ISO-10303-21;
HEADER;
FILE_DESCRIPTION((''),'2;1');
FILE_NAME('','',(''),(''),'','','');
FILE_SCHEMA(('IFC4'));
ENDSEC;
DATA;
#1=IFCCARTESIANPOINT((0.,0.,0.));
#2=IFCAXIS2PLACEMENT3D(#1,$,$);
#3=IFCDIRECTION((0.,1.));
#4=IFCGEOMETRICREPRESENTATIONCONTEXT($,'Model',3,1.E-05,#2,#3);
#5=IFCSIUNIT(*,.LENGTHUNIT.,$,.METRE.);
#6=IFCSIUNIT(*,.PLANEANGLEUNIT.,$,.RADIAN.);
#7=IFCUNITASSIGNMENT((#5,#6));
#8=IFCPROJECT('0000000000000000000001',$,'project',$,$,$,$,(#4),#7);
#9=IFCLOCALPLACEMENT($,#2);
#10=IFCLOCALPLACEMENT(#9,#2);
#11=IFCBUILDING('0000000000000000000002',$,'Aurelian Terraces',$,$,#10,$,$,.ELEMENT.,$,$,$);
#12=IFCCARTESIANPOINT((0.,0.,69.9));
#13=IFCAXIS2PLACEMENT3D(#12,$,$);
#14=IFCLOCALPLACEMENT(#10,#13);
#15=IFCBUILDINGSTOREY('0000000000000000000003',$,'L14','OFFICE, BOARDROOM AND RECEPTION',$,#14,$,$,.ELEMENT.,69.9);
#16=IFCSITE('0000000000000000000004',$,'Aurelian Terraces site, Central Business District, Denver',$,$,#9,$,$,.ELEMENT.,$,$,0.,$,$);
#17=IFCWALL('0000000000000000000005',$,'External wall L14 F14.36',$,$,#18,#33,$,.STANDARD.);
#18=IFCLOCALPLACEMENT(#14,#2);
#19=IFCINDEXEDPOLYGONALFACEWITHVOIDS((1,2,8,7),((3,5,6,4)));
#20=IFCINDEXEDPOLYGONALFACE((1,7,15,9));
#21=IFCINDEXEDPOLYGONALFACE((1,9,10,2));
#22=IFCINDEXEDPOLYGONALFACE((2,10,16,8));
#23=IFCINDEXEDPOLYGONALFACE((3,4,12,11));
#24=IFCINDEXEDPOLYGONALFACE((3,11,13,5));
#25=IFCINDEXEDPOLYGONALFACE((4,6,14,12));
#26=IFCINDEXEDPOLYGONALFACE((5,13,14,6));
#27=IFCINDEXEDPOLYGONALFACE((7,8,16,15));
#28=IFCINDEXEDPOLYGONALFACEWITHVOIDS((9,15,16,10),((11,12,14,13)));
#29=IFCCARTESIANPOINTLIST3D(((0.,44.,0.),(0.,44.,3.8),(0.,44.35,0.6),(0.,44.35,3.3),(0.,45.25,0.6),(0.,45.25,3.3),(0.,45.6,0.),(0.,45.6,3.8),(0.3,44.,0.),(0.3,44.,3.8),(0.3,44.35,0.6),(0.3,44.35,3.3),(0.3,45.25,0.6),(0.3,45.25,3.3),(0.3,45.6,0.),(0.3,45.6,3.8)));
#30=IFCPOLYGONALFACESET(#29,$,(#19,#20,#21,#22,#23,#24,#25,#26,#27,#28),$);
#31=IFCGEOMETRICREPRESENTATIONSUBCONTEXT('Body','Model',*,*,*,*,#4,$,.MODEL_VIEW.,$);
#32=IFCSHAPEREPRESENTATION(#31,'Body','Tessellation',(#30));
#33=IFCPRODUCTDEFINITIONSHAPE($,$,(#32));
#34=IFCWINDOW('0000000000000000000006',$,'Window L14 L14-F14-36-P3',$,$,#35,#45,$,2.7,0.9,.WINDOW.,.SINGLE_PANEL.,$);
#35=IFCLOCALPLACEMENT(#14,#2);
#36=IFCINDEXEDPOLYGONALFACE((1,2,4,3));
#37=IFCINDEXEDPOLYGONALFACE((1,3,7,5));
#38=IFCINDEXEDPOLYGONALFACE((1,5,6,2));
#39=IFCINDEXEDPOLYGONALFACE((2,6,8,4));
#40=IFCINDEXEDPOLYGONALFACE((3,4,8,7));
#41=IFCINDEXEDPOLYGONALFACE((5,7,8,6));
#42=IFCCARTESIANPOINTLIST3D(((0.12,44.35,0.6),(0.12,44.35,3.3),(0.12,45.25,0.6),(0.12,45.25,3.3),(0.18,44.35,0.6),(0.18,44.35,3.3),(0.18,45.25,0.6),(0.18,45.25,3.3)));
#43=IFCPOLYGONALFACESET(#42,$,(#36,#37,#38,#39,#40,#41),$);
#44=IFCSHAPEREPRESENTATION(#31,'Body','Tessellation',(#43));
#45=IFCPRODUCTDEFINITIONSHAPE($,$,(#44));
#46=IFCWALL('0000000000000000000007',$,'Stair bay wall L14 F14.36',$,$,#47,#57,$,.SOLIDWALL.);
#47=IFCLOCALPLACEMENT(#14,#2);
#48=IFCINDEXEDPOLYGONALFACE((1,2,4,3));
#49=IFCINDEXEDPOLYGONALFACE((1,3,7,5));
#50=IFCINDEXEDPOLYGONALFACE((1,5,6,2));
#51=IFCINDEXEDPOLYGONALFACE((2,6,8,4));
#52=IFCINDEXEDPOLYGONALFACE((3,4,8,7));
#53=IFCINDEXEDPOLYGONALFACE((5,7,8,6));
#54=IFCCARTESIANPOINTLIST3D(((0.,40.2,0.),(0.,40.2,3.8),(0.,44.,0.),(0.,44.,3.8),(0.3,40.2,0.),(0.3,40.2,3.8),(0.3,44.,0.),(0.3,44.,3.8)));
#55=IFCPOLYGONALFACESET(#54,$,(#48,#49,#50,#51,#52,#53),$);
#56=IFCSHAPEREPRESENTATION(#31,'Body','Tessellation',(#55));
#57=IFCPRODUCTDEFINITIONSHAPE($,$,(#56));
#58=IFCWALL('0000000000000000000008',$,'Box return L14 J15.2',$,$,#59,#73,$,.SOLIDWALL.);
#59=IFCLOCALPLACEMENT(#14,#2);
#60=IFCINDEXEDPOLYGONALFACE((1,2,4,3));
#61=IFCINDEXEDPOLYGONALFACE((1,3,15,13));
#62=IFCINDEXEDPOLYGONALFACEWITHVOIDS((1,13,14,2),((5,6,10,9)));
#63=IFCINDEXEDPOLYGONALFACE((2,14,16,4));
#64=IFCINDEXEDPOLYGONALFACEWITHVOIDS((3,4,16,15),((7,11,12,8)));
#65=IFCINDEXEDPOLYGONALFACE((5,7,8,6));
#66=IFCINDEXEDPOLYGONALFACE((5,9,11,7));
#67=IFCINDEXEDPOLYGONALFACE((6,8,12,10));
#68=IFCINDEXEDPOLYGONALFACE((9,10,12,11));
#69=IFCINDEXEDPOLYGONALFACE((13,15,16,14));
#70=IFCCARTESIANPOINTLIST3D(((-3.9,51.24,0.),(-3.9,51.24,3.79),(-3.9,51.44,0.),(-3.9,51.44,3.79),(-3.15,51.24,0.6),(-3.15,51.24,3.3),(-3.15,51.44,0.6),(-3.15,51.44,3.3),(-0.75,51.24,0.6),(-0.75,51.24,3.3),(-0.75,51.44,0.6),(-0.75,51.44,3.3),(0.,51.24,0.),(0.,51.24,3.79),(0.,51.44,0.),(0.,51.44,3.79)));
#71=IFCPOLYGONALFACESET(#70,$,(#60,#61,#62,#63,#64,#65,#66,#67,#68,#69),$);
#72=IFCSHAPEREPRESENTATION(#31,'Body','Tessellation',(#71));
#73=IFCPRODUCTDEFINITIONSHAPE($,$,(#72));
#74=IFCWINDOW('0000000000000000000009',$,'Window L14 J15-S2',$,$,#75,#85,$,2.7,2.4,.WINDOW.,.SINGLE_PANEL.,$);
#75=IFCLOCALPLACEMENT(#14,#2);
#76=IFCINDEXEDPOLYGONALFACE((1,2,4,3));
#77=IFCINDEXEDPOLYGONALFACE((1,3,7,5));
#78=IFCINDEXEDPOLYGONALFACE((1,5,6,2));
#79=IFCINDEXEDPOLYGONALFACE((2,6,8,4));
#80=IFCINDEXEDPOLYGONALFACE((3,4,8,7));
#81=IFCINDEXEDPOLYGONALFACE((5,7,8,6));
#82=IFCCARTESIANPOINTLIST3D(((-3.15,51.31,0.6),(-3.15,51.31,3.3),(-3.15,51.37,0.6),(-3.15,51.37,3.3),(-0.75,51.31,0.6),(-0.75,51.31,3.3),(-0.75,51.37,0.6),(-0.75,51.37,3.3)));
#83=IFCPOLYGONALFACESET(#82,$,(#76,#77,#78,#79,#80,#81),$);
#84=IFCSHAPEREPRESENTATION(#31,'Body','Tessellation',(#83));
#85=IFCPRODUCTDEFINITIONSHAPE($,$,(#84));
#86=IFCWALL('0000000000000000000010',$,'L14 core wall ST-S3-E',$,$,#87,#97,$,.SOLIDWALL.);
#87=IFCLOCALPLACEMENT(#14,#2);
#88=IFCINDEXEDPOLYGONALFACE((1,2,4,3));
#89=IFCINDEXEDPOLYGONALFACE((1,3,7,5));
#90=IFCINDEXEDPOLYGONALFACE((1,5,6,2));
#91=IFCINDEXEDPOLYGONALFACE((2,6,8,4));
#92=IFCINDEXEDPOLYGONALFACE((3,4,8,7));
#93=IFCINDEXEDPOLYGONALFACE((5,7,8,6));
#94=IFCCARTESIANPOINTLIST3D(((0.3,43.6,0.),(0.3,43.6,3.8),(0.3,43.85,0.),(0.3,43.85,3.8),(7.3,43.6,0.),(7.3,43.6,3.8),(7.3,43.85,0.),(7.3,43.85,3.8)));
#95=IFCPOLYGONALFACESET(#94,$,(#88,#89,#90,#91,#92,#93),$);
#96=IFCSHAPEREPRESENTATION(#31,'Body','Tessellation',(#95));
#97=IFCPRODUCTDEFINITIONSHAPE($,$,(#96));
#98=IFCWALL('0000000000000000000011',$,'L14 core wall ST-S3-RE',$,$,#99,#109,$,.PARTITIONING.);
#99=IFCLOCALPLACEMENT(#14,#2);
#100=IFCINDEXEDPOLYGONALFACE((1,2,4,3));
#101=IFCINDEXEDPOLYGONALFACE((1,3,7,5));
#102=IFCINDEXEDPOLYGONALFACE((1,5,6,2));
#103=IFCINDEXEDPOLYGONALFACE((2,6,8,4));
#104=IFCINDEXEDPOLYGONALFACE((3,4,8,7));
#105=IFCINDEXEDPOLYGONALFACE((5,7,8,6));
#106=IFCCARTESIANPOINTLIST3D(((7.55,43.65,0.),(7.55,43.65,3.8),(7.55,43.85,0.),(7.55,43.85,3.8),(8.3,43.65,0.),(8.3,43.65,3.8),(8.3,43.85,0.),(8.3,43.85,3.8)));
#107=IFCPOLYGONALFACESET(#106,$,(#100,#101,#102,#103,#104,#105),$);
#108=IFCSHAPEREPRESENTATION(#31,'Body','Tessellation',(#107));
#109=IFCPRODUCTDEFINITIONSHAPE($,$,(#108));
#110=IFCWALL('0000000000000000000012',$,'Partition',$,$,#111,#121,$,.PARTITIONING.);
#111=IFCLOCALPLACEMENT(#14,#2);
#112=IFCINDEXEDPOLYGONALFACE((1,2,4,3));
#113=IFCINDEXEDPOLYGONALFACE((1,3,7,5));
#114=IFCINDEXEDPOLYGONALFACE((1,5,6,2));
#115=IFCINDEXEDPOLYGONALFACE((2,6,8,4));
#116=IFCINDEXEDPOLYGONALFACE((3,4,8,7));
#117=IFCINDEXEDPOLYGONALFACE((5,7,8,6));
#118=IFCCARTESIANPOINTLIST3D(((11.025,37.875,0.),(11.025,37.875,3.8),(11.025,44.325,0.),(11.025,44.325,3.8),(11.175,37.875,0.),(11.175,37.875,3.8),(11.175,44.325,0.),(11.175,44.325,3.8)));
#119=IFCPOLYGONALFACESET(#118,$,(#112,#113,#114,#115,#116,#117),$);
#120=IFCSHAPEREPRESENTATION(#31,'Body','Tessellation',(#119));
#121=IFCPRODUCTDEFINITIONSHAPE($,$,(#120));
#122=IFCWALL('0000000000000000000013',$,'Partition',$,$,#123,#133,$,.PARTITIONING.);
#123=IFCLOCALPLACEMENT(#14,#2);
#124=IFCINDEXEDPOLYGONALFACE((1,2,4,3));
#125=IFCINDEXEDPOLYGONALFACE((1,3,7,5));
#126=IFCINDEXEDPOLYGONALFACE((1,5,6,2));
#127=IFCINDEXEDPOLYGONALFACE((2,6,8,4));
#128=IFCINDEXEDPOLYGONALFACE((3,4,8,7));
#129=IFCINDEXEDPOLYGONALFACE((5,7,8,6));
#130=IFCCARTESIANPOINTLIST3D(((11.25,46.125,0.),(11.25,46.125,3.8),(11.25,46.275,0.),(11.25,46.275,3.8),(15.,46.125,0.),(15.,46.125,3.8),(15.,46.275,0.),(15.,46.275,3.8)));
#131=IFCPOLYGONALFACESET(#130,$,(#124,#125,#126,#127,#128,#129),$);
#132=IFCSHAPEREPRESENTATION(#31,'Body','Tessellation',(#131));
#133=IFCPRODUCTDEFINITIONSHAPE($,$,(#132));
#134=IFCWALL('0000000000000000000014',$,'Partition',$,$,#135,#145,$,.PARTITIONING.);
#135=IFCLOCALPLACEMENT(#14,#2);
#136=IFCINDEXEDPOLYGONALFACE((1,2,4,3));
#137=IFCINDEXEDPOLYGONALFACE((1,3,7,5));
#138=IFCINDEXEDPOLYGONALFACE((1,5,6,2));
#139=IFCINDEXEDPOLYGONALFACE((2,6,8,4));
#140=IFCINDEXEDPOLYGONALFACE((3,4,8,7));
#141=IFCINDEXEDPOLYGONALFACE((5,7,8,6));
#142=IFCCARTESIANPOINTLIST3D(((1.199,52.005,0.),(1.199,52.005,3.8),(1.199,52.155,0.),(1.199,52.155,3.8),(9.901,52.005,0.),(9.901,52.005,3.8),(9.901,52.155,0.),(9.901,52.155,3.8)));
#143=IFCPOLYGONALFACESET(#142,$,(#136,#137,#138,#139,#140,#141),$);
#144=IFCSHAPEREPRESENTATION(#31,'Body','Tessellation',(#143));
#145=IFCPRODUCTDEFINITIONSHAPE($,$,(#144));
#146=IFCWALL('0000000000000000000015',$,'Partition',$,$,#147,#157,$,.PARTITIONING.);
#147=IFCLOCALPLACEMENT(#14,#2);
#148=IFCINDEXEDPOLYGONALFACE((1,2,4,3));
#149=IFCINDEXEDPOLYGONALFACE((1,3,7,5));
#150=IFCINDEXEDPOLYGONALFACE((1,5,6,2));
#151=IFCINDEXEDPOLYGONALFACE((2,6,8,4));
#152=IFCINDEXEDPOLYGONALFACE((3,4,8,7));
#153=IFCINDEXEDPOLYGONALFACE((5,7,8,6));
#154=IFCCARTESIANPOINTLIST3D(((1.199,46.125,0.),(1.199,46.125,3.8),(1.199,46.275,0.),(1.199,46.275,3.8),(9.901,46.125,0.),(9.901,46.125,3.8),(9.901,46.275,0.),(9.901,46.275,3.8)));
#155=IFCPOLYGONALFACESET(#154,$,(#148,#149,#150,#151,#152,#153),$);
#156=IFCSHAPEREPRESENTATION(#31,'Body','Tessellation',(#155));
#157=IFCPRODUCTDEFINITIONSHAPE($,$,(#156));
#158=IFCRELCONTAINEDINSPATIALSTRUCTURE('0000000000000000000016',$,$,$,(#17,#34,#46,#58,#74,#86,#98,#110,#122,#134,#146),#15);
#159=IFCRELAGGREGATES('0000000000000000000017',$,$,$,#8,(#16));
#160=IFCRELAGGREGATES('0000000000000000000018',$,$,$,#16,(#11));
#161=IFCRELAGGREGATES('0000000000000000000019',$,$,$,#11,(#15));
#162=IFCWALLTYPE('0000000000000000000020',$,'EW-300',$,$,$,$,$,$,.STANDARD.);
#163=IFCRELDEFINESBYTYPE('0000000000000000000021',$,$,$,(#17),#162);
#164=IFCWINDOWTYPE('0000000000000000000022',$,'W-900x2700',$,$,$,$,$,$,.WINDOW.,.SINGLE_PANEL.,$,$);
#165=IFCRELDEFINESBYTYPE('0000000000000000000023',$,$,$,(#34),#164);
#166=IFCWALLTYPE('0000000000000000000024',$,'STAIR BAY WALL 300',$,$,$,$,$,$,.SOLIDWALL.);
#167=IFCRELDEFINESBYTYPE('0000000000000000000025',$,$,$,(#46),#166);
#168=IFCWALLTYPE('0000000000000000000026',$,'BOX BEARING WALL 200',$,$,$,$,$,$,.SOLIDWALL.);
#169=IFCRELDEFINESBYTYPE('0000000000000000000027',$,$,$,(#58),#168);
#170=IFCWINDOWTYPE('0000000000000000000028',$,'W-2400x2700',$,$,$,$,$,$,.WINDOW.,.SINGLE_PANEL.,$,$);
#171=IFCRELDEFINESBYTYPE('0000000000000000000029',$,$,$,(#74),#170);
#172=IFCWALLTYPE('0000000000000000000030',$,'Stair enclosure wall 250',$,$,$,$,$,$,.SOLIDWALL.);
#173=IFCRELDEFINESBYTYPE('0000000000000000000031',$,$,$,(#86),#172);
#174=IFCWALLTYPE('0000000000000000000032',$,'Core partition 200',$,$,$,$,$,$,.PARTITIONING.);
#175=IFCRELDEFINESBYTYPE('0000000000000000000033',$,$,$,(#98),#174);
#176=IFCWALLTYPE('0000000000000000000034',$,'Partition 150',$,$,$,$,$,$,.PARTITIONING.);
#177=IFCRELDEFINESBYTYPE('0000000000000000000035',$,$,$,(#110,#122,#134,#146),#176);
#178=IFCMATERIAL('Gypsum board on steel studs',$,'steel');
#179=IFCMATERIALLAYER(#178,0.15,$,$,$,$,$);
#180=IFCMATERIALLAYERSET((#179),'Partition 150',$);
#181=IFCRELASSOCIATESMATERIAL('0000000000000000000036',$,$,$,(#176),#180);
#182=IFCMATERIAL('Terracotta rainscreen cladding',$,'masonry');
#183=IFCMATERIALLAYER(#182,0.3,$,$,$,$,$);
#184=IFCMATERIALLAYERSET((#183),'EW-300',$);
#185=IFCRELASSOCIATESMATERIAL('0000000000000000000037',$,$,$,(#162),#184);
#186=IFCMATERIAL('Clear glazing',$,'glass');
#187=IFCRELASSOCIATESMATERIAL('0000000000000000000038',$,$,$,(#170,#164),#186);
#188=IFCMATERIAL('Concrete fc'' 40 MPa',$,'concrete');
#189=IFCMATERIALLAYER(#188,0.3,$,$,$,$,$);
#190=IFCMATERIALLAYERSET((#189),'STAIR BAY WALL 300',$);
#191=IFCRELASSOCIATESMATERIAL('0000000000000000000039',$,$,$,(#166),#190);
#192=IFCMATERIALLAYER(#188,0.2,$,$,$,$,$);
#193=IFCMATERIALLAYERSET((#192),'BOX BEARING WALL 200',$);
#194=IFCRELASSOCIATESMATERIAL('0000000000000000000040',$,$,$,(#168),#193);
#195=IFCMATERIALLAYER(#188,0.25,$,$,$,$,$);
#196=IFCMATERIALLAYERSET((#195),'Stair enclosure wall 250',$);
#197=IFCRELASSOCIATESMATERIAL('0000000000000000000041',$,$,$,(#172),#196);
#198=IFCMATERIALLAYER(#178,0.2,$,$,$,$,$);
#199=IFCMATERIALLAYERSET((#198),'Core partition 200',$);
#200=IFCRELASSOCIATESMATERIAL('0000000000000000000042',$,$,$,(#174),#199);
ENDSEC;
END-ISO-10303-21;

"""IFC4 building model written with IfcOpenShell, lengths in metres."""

from ifc_helpers import new_model, si_unit, direction, frame, frame_2d, origin, place, context, subcontext, project, spatial, rectangle, extrude, source, transform, mapped, material, layer, layer_set, type_object, element, fill, save


model = new_model("IFC4")

# Units and contexts
model_context = context("Model", 3, precision=1e-05, world=origin(), true_north=direction((0.0, 1.0)))
body_context = subcontext(model_context, "Body", "Model", "MODEL_VIEW")
ifc_project = project(units=[si_unit("LENGTHUNIT", "METRE"), si_unit("PLANEANGLEUNIT", "RADIAN")], contexts=[model_context])

# Site, building, storey
site_placement = place(None, origin())
site = spatial("IfcSite", under=ifc_project, at=site_placement, Name="Aurelian Terraces site, Central Business District, Denver", CompositionType="ELEMENT", RefElevation=0.0)
building_placement = place(site_placement, origin())
building = spatial("IfcBuilding", under=site, at=building_placement, Name="Aurelian Terraces", CompositionType="ELEMENT")
storey_placement = place(building_placement, frame((0.0, 0.0, 69.9)))
storey = spatial("IfcBuildingStorey", under=building, at=storey_placement, Name="L14", Description="OFFICE, BOARDROOM AND RECEPTION", CompositionType="ELEMENT", Elevation=69.9)

# Shared definitions
ifc_material_1 = material(Name="Concrete fc' 40 MPa", Category="concrete")

# Shared definitions
ifc_material_2 = material(Name="Gypsum board on steel studs", Category="steel")
ifc_layer_1 = layer(ifc_material_2, 0.15)
ifc_layer_set_1 = layer_set([ifc_layer_1], Name="Partition 150")
wall_type_1 = type_object("IfcWallType", Name="Partition 150", PredefinedType="PARTITIONING", material=ifc_layer_set_1)

# Wall, opening, window
ifc_material_3 = material(Name="Terracotta rainscreen cladding", Category="masonry")
ifc_layer_2 = layer(ifc_material_3, 0.3)
ifc_layer_set_2 = layer_set([ifc_layer_2], Name="EW-300")
wall_type_2 = type_object("IfcWallType", Name="EW-300", PredefinedType="STANDARD", material=ifc_layer_set_2)
ifc_material_4 = material(Name="Clear glazing", Category="glass")
window_type_1 = type_object("IfcWindowType", Name="W-2400x2700", PartitioningType="SINGLE_PANEL", PredefinedType="WINDOW", material=ifc_material_4)
shared_shape_1 = source(origin(), body_context, "Body", "SweptSolid", [
    extrude(rectangle(XDim=2.4, YDim=2.7, at=frame_2d((1.2, 1.35))), frame((0.0, 0.03, 0.0), z_axis=(0.0, -1.0, 0.0), x_axis=(1.0, 0.0, 0.0)), (0.0, 0.0, 1.0), 0.06),
])
shared_shape_2 = source(origin(), body_context, "Body", "SweptSolid", [
    extrude(rectangle(XDim=1.6, YDim=0.3, at=frame_2d((0.8, 0.0))), origin(), (0.0, 0.0, 1.0), 3.8),
])
wall_1_placement = place(storey_placement, frame((0.15, 45.6, 0.0), z_axis=(0.0, 0.0, 1.0), x_axis=(0.0, -1.0, 0.0)))
wall_1 = element("IfcWall", 1, at=wall_1_placement, inside=storey, type_object=wall_type_2, Name="External wall L14 F14.36", PredefinedType="STANDARD", context=body_context, shape_type="MappedRepresentation", body=[
    mapped(shared_shape_2, transform((0.0, 0.0, 0.0), scale=1.0)),
])
shared_shape_3 = source(origin(), body_context, "Body", "SweptSolid", [
    extrude(rectangle(XDim=0.9, YDim=2.7, at=frame_2d((0.45, 1.35))), frame((0.0, 0.16, 0.0), z_axis=(0.0, -1.0, 0.0), x_axis=(1.0, 0.0, 0.0)), (0.0, 0.0, 1.0), 0.32),
])
opening_1_placement = place(wall_1_placement, frame((0.35, 0.0, 0.6)))
opening_1 = element("IfcOpeningElement", 2, at=opening_1_placement, cuts=wall_1, PredefinedType="OPENING", context=body_context, shape_type="MappedRepresentation", body=[
    mapped(shared_shape_3, transform((0.0, 0.0, 0.0), scale=1.0)),
])
window_type_2 = type_object("IfcWindowType", Name="W-900x2700", PartitioningType="SINGLE_PANEL", PredefinedType="WINDOW", material=ifc_material_4)
shared_shape_4 = source(origin(), body_context, "Body", "SweptSolid", [
    extrude(rectangle(XDim=0.9, YDim=2.7, at=frame_2d((0.45, 1.35))), frame((0.0, 0.03, 0.0), z_axis=(0.0, -1.0, 0.0), x_axis=(1.0, 0.0, 0.0)), (0.0, 0.0, 1.0), 0.06),
])
window_1_placement = place(opening_1_placement, origin())
window_1 = element("IfcWindow", 3, at=window_1_placement, inside=storey, type_object=window_type_2, Name="Window L14 L14-F14-36-P3", OverallHeight=2.7, OverallWidth=0.9, PartitioningType="SINGLE_PANEL", PredefinedType="WINDOW", context=body_context, shape_type="MappedRepresentation", body=[
    mapped(shared_shape_4, transform((0.0, 0.0, 0.0), scale=1.0)),
])
fill(opening_1, window_1)

# Wall
ifc_layer_3 = layer(ifc_material_1, 0.3)
ifc_layer_set_3 = layer_set([ifc_layer_3], Name="STAIR BAY WALL 300")
wall_type_3 = type_object("IfcWallType", Name="STAIR BAY WALL 300", PredefinedType="SOLIDWALL", material=ifc_layer_set_3)
shared_shape_5 = source(origin(), body_context, "Body", "SweptSolid", [
    extrude(rectangle(XDim=3.8, YDim=0.3, at=frame_2d((1.9, 0.0))), origin(), (0.0, 0.0, 1.0), 3.8),
])
wall_2_placement = place(storey_placement, frame((0.15, 44.0, 0.0), z_axis=(0.0, 0.0, 1.0), x_axis=(0.0, -1.0, 0.0)))
element("IfcWall", 4, at=wall_2_placement, inside=storey, type_object=wall_type_3, Name="Stair bay wall L14 F14.36", PredefinedType="SOLIDWALL", context=body_context, shape_type="MappedRepresentation", body=[
    mapped(shared_shape_5, transform((0.0, 0.0, 0.0), scale=1.0)),
])

# Wall, opening, window
ifc_layer_4 = layer(ifc_material_1, 0.2)
ifc_layer_set_4 = layer_set([ifc_layer_4], Name="BOX BEARING WALL 200")
wall_type_4 = type_object("IfcWallType", Name="BOX BEARING WALL 200", PredefinedType="SOLIDWALL", material=ifc_layer_set_4)
shared_shape_6 = source(origin(), body_context, "Body", "SweptSolid", [
    extrude(rectangle(XDim=3.9, YDim=0.2, at=frame_2d((1.95, 0.0))), origin(), (0.0, 0.0, 1.0), 3.79),
])
wall_3_placement = place(storey_placement, frame((0.0, 51.34, 0.0), z_axis=(0.0, 0.0, 1.0), x_axis=(-1.0, 0.0, 0.0)))
wall_3 = element("IfcWall", 5, at=wall_3_placement, inside=storey, type_object=wall_type_4, Name="Box return L14 J15.2", PredefinedType="SOLIDWALL", context=body_context, shape_type="MappedRepresentation", body=[
    mapped(shared_shape_6, transform((0.0, 0.0, 0.0), scale=1.0)),
])
shared_shape_7 = source(origin(), body_context, "Body", "SweptSolid", [
    extrude(rectangle(XDim=2.4, YDim=2.7, at=frame_2d((1.2, 1.35))), frame((0.0, 0.11, 0.0), z_axis=(0.0, -1.0, 0.0), x_axis=(1.0, 0.0, 0.0)), (0.0, 0.0, 1.0), 0.22),
])
opening_2_placement = place(wall_3_placement, frame((0.75, 0.0, 0.6)))
opening_2 = element("IfcOpeningElement", 6, at=opening_2_placement, cuts=wall_3, PredefinedType="OPENING", context=body_context, shape_type="MappedRepresentation", body=[
    mapped(shared_shape_7, transform((0.0, 0.0, 0.0), scale=1.0)),
])
window_2_placement = place(opening_2_placement, origin())
window_2 = element("IfcWindow", 7, at=window_2_placement, inside=storey, type_object=window_type_1, Name="Window L14 J15-S2", OverallHeight=2.7, OverallWidth=2.4, PartitioningType="SINGLE_PANEL", PredefinedType="WINDOW", context=body_context, shape_type="MappedRepresentation", body=[
    mapped(shared_shape_1, transform((0.0, 0.0, 0.0), scale=1.0)),
])
fill(opening_2, window_2)

# Walls
ifc_layer_5 = layer(ifc_material_1, 0.25)
ifc_layer_set_5 = layer_set([ifc_layer_5], Name="Stair enclosure wall 250")
wall_type_5 = type_object("IfcWallType", Name="Stair enclosure wall 250", PredefinedType="SOLIDWALL", material=ifc_layer_set_5)
shared_shape_8 = source(origin(), body_context, "Body", "SweptSolid", [
    extrude(rectangle(XDim=7.0, YDim=0.25, at=frame_2d((3.5, 0.0))), origin(), (0.0, 0.0, 1.0), 3.8),
])
wall_4_placement = place(storey_placement, frame((0.3, 43.725, 0.0), z_axis=(0.0, 0.0, 1.0), x_axis=(1.0, 0.0, 0.0)))
element("IfcWall", 8, at=wall_4_placement, inside=storey, type_object=wall_type_5, Name="L14 core wall ST-S3-E", PredefinedType="SOLIDWALL", context=body_context, shape_type="MappedRepresentation", body=[
    mapped(shared_shape_8, transform((0.0, 0.0, 0.0), scale=1.0)),
])
ifc_layer_6 = layer(ifc_material_2, 0.2)
ifc_layer_set_6 = layer_set([ifc_layer_6], Name="Core partition 200")
wall_type_6 = type_object("IfcWallType", Name="Core partition 200", PredefinedType="PARTITIONING", material=ifc_layer_set_6)
shared_shape_9 = source(origin(), body_context, "Body", "SweptSolid", [
    extrude(rectangle(XDim=0.75, YDim=0.2, at=frame_2d((0.375, 0.0))), origin(), (0.0, 0.0, 1.0), 3.8),
])
wall_5_placement = place(storey_placement, frame((7.55, 43.75, 0.0), z_axis=(0.0, 0.0, 1.0), x_axis=(1.0, 0.0, 0.0)))
element("IfcWall", 9, at=wall_5_placement, inside=storey, type_object=wall_type_6, Name="L14 core wall ST-S3-RE", PredefinedType="PARTITIONING", context=body_context, shape_type="MappedRepresentation", body=[
    mapped(shared_shape_9, transform((0.0, 0.0, 0.0), scale=1.0)),
])
shared_shape_10 = source(origin(), body_context, "Body", "SweptSolid", [
    extrude(rectangle(XDim=6.45, YDim=0.15, at=frame_2d((3.225, 0.0))), origin(), (0.0, 0.0, 1.0), 3.8),
])
wall_6_placement = place(storey_placement, frame((11.1, 44.325, 0.0), z_axis=(0.0, 0.0, 1.0), x_axis=(0.0, -1.0, 0.0)))
element("IfcWall", 10, at=wall_6_placement, inside=storey, type_object=wall_type_1, Name="Partition", PredefinedType="PARTITIONING", context=body_context, shape_type="MappedRepresentation", body=[
    mapped(shared_shape_10, transform((0.0, 0.0, 0.0), scale=1.0)),
])
shared_shape_11 = source(origin(), body_context, "Body", "SweptSolid", [
    extrude(rectangle(XDim=3.75, YDim=0.15, at=frame_2d((1.875, 0.0))), origin(), (0.0, 0.0, 1.0), 3.8),
])
wall_7_placement = place(storey_placement, frame((15.0, 46.2, 0.0), z_axis=(0.0, 0.0, 1.0), x_axis=(-1.0, 0.0, 0.0)))
element("IfcWall", 11, at=wall_7_placement, inside=storey, type_object=wall_type_1, Name="Partition", PredefinedType="PARTITIONING", context=body_context, shape_type="MappedRepresentation", body=[
    mapped(shared_shape_11, transform((0.0, 0.0, 0.0), scale=1.0)),
])
shared_shape_12 = source(origin(), body_context, "Body", "SweptSolid", [
    extrude(rectangle(XDim=8.702, YDim=0.15, at=frame_2d((4.351, 0.0))), origin(), (0.0, 0.0, 1.0), 3.8),
])
for number, where, z_axis, x_axis, name in (
    (12, (9.901, 52.08, 0.0), (0.0, 0.0, 1.0), (-1.0, 0.0, 0.0), "Partition"),
    (13, (9.901, 46.2, 0.0), (0.0, 0.0, 1.0), (-1.0, 0.0, 0.0), "Partition"),
):
    element("IfcWall", number, at=place(storey_placement, frame(where, z_axis=z_axis, x_axis=x_axis)), inside=storey, type_object=wall_type_1, Name=name, PredefinedType="PARTITIONING", context=body_context, shape_type="MappedRepresentation", body=[
        mapped(shared_shape_12, transform((0.0, 0.0, 0.0), scale=1.0)),
    ])

save(model, "model.ifc")
